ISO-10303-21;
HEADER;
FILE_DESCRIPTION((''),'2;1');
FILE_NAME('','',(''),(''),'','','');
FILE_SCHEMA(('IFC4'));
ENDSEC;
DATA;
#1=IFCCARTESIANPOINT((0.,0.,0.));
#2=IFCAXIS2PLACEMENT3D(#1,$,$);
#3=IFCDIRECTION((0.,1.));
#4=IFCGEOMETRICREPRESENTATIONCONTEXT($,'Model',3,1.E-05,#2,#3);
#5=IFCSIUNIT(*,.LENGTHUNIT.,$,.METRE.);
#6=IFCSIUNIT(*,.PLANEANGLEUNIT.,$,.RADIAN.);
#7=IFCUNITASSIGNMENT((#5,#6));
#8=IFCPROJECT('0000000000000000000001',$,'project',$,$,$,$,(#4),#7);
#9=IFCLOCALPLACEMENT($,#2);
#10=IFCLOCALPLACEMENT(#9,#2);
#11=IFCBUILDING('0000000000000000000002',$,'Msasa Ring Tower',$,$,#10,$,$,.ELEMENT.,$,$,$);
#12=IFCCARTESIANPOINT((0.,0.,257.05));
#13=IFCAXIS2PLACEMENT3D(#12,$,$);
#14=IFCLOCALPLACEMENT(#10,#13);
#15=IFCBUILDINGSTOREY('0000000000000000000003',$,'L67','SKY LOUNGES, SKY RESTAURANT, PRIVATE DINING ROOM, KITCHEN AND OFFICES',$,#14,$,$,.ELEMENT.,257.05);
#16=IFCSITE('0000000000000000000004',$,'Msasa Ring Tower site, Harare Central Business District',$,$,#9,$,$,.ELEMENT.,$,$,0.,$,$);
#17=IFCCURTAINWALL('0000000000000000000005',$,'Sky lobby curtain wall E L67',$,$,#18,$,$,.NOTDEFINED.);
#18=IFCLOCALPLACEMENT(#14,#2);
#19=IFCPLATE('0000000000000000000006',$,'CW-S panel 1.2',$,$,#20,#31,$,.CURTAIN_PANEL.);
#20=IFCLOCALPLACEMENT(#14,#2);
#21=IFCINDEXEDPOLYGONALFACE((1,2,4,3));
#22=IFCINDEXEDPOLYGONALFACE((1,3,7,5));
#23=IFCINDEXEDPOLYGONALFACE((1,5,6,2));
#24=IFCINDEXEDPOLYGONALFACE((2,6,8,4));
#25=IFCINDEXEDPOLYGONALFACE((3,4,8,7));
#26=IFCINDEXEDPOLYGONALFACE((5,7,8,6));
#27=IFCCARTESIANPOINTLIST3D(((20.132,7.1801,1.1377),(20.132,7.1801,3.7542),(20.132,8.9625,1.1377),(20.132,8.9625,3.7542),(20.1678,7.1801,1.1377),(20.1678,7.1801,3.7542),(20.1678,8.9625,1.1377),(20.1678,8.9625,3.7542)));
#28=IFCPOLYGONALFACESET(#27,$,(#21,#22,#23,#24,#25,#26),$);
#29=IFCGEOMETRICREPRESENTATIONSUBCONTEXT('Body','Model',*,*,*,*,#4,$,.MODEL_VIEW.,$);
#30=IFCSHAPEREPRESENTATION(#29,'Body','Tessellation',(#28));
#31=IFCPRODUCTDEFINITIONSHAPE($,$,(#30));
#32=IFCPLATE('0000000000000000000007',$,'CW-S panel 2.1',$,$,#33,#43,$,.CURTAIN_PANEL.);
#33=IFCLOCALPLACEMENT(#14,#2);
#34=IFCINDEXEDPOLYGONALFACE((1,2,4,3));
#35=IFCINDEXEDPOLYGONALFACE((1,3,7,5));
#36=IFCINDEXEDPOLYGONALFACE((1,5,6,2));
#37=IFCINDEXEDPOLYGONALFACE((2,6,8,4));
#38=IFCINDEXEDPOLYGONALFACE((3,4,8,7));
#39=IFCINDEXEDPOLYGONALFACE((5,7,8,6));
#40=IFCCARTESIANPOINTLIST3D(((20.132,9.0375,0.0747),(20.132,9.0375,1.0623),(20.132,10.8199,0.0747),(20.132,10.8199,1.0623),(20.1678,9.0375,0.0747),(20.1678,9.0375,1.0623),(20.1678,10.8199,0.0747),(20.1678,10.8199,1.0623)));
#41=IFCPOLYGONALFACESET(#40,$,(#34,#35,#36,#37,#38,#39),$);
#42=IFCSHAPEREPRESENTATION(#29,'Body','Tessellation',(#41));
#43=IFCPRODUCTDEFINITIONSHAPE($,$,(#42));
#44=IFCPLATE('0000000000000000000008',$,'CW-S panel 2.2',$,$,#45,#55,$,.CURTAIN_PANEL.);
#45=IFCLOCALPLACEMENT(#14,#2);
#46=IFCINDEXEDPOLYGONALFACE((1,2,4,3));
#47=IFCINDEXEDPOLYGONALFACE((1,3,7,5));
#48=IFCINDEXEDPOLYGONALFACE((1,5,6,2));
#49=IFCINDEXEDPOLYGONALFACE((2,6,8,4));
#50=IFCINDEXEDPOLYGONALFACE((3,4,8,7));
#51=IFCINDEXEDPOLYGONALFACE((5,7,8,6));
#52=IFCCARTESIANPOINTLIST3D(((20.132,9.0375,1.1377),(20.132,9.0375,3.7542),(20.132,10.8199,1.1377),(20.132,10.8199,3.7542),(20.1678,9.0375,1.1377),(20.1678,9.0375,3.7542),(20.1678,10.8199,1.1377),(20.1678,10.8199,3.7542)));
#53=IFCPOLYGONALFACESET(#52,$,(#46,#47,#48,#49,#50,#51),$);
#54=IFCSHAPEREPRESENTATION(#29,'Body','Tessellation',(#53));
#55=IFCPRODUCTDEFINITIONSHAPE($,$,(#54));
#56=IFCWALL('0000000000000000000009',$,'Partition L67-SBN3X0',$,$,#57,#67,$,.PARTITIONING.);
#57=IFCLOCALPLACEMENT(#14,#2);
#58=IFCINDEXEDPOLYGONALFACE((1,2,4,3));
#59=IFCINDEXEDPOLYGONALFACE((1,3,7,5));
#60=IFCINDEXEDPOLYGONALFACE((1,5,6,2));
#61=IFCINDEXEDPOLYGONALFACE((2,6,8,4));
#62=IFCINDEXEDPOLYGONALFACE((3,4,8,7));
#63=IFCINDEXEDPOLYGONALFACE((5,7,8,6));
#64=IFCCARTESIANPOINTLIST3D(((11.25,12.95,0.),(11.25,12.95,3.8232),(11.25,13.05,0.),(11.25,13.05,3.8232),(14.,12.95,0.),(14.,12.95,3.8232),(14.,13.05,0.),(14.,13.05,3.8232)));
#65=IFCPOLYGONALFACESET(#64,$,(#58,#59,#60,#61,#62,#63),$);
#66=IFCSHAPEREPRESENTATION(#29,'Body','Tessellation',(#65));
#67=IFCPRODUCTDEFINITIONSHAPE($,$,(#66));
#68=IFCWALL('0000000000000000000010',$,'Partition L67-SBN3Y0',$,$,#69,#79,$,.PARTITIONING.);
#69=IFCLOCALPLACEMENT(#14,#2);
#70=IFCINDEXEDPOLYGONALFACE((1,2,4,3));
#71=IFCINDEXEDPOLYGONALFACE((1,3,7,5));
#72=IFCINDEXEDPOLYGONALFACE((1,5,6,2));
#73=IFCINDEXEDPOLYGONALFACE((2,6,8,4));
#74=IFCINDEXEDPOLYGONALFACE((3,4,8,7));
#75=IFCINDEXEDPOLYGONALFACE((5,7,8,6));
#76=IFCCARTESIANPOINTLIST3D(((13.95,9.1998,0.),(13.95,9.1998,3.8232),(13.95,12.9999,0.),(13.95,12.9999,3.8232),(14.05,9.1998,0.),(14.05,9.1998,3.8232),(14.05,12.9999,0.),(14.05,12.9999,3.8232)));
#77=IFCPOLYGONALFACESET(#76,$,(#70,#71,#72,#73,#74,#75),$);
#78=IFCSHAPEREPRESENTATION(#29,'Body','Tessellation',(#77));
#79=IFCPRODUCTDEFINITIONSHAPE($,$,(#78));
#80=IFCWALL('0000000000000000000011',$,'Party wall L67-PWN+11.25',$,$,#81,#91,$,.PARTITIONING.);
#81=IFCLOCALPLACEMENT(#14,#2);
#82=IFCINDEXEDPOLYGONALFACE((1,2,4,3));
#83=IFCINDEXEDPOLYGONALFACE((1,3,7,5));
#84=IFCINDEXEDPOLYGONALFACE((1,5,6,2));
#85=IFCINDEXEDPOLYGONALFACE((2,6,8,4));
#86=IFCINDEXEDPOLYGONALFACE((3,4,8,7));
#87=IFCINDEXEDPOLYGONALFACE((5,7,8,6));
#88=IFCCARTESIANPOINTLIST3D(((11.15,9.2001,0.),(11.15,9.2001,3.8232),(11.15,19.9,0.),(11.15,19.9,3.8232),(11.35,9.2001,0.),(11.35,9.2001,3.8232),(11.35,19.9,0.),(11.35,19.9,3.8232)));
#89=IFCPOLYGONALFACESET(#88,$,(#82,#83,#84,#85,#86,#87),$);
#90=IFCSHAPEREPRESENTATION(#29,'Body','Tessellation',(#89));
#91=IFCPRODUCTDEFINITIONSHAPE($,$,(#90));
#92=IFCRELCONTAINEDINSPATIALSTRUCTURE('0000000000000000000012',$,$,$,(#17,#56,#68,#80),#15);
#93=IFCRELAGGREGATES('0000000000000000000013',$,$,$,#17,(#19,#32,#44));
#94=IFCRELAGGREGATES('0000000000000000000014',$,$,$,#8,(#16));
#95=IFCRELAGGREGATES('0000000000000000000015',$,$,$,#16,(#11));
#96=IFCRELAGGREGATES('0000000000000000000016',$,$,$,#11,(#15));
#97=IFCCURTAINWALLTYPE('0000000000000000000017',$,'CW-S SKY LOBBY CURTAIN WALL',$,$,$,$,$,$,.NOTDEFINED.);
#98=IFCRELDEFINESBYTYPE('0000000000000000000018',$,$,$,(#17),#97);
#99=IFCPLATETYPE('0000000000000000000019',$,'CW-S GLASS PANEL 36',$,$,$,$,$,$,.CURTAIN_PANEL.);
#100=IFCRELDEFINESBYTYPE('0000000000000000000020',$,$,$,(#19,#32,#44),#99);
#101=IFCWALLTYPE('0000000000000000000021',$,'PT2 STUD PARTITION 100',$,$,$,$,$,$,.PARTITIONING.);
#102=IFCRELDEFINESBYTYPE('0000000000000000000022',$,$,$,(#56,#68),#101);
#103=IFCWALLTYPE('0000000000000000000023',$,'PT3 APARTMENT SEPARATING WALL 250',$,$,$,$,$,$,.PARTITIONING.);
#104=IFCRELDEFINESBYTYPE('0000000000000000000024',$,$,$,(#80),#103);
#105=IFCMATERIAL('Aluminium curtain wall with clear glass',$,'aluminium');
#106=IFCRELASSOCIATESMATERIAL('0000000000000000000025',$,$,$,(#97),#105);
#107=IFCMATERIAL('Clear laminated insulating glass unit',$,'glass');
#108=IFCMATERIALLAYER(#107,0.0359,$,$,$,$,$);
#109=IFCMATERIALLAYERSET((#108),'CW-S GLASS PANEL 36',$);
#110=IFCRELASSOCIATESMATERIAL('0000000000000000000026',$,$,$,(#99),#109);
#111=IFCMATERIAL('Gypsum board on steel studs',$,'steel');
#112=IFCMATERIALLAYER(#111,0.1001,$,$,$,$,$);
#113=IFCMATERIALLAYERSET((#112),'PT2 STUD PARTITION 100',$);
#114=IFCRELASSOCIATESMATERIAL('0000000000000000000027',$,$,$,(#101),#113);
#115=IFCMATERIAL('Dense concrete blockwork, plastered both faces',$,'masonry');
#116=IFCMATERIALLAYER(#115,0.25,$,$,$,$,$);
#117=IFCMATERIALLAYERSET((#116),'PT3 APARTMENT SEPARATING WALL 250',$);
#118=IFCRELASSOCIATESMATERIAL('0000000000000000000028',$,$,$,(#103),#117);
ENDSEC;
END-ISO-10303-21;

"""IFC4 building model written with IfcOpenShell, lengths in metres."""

from ifc_helpers import new_model, si_unit, direction, frame, frame_2d, origin, origin_2d, place, context, subcontext, project, spatial, rectangle, extrude, material, layer, layer_set, type_object, element, aggregate, save


model = new_model("IFC4")

# Units and contexts
model_context = context("Model", 3, precision=1e-05, world=origin(), true_north=direction((0.0, 1.0)))
body_context = subcontext(model_context, "Body", "Model", "MODEL_VIEW")
ifc_project = project(units=[si_unit("LENGTHUNIT", "METRE"), si_unit("PLANEANGLEUNIT", "RADIAN")], contexts=[model_context])

# Site, building, storey
site_placement = place(None, origin())
site = spatial("IfcSite", under=ifc_project, at=site_placement, Name="Msasa Ring Tower site, Harare Central Business District", CompositionType="ELEMENT", RefElevation=0.0)
building_placement = place(site_placement, origin())
building = spatial("IfcBuilding", under=site, at=building_placement, Name="Msasa Ring Tower", CompositionType="ELEMENT")
storey_placement = place(building_placement, frame((0.0, 0.0, 257.05)))
storey = spatial("IfcBuildingStorey", under=building, at=storey_placement, Name="L67", Description="SKY LOUNGES, SKY RESTAURANT, PRIVATE DINING ROOM, KITCHEN AND OFFICES", CompositionType="ELEMENT", Elevation=257.05)

# Curtain wall
ifc_material_1 = material(Name="Aluminium curtain wall with clear glass", Category="aluminium")
curtain_wall_type_1 = type_object("IfcCurtainWallType", Name="CW-S SKY LOBBY CURTAIN WALL", PredefinedType="NOTDEFINED", material=ifc_material_1)
curtain_wall_1_placement = place(storey_placement, origin())
curtain_wall_1 = element("IfcCurtainWall", 1, at=curtain_wall_1_placement, inside=storey, type_object=curtain_wall_type_1, Name="Sky lobby curtain wall E L67", PredefinedType="NOTDEFINED")

# Plates
ifc_material_2 = material(Name="Clear laminated insulating glass unit", Category="glass")
ifc_layer_1 = layer(ifc_material_2, 0.0359)
ifc_layer_set_1 = layer_set([ifc_layer_1], Name="CW-S GLASS PANEL 36")
plate_type_1 = type_object("IfcPlateType", Name="CW-S GLASS PANEL 36", PredefinedType="CURTAIN_PANEL", material=ifc_layer_set_1)
plate_1_placement = place(storey_placement, frame((20.1499, 8.0713, 1.1377), z_axis=(0.0, 0.0, 1.0), x_axis=(0.0, 1.0, 0.0)))
plate_1 = element("IfcPlate", 2, at=plate_1_placement, type_object=plate_type_1, Name="CW-S panel 1.2", PredefinedType="CURTAIN_PANEL", context=body_context, shape_type="SweptSolid", body=[
    extrude(rectangle(XDim=1.7825, YDim=0.0359, at=origin_2d()), origin(), (0.0, 0.0, 1.0), 2.6165),
])
plate_2_placement = place(storey_placement, frame((20.1499, 9.9287, 0.0747), z_axis=(0.0, 0.0, 1.0), x_axis=(0.0, 1.0, 0.0)))
plate_2 = element("IfcPlate", 3, at=plate_2_placement, type_object=plate_type_1, Name="CW-S panel 2.1", PredefinedType="CURTAIN_PANEL", context=body_context, shape_type="SweptSolid", body=[
    extrude(rectangle(XDim=1.7825, YDim=0.0359, at=origin_2d()), origin(), (0.0, 0.0, 1.0), 0.9875),
])
plate_3_placement = place(storey_placement, frame((20.1499, 9.9287, 1.1377), z_axis=(0.0, 0.0, 1.0), x_axis=(0.0, 1.0, 0.0)))
plate_3 = element("IfcPlate", 4, at=plate_3_placement, type_object=plate_type_1, Name="CW-S panel 2.2", PredefinedType="CURTAIN_PANEL", context=body_context, shape_type="SweptSolid", body=[
    extrude(rectangle(XDim=1.7825, YDim=0.0359, at=origin_2d()), origin(), (0.0, 0.0, 1.0), 2.6165),
])
aggregate(curtain_wall_1, [plate_1, plate_2, plate_3])

# Walls
ifc_material_3 = material(Name="Gypsum board on steel studs", Category="steel")
ifc_layer_2 = layer(ifc_material_3, 0.1001)
ifc_layer_set_2 = layer_set([ifc_layer_2], Name="PT2 STUD PARTITION 100")
wall_type_1 = type_object("IfcWallType", Name="PT2 STUD PARTITION 100", PredefinedType="PARTITIONING", material=ifc_layer_set_2)
wall_1_placement = place(storey_placement, frame((11.25, 13.0, 0.0), z_axis=(0.0, 0.0, 1.0), x_axis=(1.0, 0.0, 0.0)))
element("IfcWall", 5, at=wall_1_placement, inside=storey, type_object=wall_type_1, Name="Partition L67-SBN3X0", PredefinedType="PARTITIONING", context=body_context, shape_type="SweptSolid", body=[
    extrude(rectangle(XDim=2.75, YDim=0.1001, at=frame_2d((1.375, 0.0))), origin(), (0.0, 0.0, 1.0), 3.8232),
])
wall_2_placement = place(storey_placement, frame((14.0, 9.2, 0.0), z_axis=(0.0, 0.0, 1.0), x_axis=(0.0, 1.0, 0.0)))
element("IfcWall", 6, at=wall_2_placement, inside=storey, type_object=wall_type_1, Name="Partition L67-SBN3Y0", PredefinedType="PARTITIONING", context=body_context, shape_type="SweptSolid", body=[
    extrude(rectangle(XDim=3.8, YDim=0.1001, at=frame_2d((1.8999, 0.0))), origin(), (0.0, 0.0, 1.0), 3.8232),
])
ifc_material_4 = material(Name="Dense concrete blockwork, plastered both faces", Category="masonry")
ifc_layer_3 = layer(ifc_material_4, 0.25)
ifc_layer_set_3 = layer_set([ifc_layer_3], Name="PT3 APARTMENT SEPARATING WALL 250")
wall_type_2 = type_object("IfcWallType", Name="PT3 APARTMENT SEPARATING WALL 250", PredefinedType="PARTITIONING", material=ifc_layer_set_3)
wall_3_placement = place(storey_placement, frame((11.25, 9.2, 0.0), z_axis=(0.0, 0.0, 1.0), x_axis=(0.0, 1.0, 0.0)))
element("IfcWall", 7, at=wall_3_placement, inside=storey, type_object=wall_type_2, Name="Party wall L67-PWN+11.25", PredefinedType="PARTITIONING", context=body_context, shape_type="SweptSolid", body=[
    extrude(rectangle(XDim=10.7, YDim=0.2, at=frame_2d((5.3501, 0.0))), origin(), (0.0, 0.0, 1.0), 3.8232),
])

save(model, "model.ifc")
